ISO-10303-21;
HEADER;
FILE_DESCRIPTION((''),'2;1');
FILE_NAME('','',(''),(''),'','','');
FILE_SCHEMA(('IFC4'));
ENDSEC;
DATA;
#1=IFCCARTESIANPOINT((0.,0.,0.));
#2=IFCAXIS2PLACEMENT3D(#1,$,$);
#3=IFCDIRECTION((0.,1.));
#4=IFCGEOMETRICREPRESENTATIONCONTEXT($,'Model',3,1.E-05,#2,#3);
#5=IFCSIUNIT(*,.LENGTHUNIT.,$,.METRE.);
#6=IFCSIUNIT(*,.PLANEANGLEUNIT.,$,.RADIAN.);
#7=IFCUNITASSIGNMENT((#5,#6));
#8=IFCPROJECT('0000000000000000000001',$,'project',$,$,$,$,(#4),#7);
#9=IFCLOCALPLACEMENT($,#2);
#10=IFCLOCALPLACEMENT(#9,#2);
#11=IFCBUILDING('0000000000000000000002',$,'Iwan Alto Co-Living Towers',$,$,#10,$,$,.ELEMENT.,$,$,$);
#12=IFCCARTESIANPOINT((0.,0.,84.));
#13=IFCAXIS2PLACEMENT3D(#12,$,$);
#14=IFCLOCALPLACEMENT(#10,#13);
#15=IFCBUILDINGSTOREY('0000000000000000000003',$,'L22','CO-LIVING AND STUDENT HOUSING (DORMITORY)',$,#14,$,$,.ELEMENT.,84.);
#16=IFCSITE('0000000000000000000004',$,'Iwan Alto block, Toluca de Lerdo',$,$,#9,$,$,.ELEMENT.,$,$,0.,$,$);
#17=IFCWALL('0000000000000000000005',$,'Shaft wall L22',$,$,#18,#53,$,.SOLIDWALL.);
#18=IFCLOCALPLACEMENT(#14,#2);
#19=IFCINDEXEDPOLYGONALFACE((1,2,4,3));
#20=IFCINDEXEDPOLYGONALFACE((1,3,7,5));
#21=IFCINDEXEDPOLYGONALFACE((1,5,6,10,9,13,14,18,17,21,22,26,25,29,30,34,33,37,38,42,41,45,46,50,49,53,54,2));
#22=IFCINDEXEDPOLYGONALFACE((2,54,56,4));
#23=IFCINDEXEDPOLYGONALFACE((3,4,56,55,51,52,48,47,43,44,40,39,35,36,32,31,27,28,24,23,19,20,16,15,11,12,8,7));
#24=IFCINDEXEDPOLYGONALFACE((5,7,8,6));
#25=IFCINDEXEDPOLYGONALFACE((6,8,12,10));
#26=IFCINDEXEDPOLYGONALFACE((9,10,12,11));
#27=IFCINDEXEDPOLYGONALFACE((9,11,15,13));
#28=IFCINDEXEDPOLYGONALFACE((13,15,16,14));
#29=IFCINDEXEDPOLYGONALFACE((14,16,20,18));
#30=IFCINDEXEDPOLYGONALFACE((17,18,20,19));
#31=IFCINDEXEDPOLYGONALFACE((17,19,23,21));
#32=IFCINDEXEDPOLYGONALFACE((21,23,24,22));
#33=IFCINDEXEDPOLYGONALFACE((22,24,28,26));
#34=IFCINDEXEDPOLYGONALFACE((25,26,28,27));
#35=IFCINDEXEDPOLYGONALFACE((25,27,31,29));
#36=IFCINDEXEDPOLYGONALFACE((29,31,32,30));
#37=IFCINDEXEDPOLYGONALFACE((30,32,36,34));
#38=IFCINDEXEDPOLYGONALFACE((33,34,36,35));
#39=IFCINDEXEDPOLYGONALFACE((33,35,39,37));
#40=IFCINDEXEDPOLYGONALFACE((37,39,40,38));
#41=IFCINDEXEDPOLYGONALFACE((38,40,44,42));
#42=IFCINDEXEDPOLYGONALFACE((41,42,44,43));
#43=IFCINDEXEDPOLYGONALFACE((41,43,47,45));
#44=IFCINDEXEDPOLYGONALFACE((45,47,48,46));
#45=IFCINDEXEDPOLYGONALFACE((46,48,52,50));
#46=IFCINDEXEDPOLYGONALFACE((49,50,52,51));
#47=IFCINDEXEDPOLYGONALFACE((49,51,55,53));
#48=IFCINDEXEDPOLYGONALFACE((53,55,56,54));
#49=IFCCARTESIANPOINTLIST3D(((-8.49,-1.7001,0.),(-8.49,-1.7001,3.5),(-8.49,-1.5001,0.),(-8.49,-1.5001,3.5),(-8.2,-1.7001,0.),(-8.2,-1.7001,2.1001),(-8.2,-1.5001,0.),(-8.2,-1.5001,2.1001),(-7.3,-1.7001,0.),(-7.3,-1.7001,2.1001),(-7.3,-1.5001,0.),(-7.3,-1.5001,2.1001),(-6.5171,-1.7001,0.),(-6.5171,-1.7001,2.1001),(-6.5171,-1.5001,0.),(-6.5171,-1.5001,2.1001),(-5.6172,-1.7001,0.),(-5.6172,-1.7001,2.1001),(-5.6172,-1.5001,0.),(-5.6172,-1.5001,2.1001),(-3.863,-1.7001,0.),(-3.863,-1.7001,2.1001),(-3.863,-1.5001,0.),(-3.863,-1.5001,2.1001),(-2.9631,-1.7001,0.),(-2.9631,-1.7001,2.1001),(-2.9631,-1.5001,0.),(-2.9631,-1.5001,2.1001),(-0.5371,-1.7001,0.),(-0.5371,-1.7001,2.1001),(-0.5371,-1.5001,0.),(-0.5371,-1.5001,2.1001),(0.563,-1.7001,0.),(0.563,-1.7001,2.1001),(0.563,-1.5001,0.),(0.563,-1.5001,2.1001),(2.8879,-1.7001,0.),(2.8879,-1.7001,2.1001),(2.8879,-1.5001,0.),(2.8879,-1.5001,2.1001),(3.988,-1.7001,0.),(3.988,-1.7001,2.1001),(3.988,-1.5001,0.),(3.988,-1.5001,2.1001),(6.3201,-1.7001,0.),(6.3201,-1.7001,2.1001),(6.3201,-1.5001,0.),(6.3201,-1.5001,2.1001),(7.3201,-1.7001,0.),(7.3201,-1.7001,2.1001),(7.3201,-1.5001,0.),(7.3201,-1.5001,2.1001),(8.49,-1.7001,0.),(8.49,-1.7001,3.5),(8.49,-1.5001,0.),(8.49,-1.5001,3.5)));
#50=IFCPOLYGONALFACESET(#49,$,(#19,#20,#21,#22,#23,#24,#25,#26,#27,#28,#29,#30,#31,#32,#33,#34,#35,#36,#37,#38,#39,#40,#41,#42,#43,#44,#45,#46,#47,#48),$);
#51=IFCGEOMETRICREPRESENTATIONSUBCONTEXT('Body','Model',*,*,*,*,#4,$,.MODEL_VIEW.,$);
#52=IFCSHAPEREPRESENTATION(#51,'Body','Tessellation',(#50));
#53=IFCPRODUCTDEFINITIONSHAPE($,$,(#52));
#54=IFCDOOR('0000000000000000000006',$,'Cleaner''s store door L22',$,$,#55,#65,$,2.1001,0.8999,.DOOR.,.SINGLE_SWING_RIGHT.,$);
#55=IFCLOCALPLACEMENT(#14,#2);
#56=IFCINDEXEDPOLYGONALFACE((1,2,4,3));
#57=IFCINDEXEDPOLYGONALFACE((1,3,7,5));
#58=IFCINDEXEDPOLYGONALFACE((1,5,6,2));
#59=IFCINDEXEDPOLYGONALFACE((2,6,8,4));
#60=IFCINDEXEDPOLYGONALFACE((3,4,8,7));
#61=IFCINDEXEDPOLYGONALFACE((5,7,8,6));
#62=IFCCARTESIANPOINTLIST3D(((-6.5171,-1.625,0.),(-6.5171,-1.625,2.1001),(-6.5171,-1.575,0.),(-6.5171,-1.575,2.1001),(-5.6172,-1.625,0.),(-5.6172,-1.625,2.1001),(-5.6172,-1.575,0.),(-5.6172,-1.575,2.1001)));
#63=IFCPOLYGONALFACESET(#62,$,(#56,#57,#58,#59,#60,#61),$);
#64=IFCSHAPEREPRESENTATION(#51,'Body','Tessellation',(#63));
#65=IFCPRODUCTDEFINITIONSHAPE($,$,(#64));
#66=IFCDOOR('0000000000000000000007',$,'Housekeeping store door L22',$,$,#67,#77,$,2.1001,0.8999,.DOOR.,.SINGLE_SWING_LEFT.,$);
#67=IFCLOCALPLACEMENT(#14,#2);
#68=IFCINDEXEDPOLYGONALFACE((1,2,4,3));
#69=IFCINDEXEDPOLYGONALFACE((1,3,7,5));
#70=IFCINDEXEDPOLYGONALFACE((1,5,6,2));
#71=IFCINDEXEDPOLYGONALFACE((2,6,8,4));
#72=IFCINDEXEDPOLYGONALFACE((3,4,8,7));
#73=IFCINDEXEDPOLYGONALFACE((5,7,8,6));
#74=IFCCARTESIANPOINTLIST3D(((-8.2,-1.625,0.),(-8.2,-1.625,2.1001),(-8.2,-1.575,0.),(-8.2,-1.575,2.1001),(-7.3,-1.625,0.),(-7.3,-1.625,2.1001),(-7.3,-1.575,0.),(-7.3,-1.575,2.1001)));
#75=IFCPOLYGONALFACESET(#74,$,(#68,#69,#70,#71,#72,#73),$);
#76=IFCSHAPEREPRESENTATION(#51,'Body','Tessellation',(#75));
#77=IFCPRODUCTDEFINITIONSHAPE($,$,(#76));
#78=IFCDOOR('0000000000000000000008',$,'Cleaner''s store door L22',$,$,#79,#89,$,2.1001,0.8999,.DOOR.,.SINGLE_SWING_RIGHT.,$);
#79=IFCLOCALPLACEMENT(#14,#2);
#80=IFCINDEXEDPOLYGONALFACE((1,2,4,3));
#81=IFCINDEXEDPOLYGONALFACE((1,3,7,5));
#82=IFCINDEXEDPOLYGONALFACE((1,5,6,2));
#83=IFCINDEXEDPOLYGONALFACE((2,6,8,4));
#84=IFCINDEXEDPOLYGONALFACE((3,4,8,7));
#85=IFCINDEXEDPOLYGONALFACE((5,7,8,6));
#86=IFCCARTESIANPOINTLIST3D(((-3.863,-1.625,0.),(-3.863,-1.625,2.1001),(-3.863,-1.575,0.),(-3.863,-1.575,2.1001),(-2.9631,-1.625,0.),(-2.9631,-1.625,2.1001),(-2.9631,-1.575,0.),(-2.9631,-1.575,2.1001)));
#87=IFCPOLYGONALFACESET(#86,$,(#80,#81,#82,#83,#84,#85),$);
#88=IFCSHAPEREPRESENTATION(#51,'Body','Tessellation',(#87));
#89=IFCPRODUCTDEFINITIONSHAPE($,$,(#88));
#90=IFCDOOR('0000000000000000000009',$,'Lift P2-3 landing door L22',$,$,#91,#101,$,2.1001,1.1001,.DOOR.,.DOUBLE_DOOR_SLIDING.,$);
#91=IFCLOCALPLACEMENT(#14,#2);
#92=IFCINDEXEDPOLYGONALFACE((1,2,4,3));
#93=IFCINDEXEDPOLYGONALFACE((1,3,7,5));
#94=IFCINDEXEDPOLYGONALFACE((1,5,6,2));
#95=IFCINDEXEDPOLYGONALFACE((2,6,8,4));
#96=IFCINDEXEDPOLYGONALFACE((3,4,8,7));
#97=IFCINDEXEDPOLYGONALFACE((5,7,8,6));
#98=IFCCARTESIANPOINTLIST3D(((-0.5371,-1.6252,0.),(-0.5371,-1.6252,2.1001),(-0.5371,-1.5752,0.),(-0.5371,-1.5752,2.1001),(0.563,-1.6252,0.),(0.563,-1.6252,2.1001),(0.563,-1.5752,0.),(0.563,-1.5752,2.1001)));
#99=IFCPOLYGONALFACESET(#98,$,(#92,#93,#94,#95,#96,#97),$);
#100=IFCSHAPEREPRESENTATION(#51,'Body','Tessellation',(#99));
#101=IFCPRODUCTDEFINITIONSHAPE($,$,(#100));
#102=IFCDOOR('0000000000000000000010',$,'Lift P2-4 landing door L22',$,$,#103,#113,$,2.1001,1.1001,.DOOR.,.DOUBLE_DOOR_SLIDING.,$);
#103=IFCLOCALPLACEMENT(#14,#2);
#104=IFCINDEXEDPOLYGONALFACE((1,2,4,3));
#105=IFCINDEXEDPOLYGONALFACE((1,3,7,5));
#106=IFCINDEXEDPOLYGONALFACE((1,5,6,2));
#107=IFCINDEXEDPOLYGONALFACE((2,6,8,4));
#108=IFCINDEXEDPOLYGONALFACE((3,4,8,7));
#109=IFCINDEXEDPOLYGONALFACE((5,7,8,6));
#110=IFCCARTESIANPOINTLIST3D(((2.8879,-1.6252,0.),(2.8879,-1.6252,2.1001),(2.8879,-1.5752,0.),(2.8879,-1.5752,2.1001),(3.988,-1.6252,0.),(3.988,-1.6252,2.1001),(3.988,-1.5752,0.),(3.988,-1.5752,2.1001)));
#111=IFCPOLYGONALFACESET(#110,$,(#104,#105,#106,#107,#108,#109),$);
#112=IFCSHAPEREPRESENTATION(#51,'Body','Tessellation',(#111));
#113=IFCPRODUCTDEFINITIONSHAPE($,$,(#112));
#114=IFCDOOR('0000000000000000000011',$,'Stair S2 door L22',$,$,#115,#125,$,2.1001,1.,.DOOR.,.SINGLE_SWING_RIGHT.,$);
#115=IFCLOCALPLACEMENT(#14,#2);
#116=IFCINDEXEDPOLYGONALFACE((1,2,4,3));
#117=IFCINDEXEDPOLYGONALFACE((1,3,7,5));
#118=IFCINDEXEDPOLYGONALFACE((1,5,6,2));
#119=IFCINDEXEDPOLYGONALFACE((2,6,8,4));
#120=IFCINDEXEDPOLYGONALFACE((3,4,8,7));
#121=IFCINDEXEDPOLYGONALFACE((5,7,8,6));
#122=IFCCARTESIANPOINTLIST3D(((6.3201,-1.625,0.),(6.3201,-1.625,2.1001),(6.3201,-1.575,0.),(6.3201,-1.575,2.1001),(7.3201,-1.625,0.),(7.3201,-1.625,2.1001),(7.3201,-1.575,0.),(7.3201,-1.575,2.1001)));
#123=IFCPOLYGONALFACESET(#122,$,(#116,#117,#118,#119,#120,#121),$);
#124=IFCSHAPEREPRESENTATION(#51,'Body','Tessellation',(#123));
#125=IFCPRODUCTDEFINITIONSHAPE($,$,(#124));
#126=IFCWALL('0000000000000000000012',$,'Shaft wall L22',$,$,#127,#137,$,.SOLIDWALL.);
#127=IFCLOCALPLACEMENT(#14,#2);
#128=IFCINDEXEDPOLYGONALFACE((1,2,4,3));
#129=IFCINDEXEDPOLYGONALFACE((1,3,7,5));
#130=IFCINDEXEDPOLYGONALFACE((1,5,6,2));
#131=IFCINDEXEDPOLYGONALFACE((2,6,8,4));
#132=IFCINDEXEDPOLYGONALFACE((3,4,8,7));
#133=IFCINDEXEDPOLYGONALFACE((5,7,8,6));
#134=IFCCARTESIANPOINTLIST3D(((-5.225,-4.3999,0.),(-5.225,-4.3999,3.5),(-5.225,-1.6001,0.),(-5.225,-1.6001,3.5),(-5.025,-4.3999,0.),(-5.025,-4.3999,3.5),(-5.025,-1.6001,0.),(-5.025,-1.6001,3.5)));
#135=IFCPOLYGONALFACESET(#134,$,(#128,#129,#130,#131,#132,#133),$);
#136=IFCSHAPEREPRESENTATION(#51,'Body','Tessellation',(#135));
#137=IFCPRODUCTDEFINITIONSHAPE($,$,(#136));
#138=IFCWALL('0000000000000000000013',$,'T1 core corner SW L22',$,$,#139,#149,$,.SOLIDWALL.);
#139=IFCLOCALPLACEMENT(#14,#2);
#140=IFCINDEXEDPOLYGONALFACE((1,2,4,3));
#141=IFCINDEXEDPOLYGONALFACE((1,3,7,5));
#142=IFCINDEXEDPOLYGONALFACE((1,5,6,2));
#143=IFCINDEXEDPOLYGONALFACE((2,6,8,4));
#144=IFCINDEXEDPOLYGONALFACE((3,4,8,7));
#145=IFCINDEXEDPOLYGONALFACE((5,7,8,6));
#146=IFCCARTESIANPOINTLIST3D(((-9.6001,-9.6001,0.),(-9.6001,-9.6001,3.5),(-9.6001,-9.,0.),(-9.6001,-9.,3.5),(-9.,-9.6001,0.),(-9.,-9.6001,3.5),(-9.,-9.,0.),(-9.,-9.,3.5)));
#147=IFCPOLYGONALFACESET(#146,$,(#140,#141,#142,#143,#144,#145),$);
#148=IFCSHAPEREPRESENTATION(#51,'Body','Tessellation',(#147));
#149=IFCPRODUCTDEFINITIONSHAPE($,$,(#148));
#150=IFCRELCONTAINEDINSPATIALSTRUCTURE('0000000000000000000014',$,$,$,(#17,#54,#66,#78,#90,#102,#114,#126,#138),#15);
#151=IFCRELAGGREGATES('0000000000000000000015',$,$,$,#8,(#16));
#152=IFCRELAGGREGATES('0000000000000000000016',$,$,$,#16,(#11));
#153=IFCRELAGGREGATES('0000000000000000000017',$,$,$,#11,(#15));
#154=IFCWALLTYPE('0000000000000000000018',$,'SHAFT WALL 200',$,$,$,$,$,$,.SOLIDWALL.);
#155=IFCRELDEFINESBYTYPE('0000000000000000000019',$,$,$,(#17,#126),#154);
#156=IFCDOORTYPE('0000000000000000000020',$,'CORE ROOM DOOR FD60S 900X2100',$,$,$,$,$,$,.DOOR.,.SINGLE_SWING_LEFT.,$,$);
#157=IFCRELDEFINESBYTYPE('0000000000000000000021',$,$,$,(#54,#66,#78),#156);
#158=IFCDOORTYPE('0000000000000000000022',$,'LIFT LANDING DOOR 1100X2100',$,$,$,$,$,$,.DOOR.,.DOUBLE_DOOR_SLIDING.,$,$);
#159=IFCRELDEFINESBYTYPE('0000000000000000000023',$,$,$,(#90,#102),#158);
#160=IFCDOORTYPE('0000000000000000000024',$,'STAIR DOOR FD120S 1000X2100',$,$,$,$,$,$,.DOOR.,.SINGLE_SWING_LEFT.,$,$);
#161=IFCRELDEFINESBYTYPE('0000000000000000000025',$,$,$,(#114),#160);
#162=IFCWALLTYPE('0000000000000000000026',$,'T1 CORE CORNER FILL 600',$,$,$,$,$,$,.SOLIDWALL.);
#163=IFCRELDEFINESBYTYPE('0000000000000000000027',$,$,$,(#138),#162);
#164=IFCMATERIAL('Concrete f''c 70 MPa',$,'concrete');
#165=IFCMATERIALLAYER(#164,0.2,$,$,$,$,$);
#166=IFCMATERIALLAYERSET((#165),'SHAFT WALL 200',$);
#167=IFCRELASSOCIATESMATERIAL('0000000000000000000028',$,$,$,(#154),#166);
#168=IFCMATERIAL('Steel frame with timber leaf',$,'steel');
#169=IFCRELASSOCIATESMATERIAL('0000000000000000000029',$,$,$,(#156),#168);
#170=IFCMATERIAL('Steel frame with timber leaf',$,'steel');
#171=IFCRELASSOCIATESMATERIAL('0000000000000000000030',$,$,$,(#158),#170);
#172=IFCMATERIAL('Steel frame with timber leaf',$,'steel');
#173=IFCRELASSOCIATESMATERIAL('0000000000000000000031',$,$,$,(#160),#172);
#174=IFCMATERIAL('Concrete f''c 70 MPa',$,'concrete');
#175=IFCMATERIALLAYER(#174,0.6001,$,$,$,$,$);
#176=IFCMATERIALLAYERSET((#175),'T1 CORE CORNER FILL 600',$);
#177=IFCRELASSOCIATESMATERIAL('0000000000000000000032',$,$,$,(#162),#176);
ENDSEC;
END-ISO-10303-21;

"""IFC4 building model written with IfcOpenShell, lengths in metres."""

from ifc_helpers import new_model, si_unit, direction, frame, frame_2d, origin, place, context, subcontext, project, spatial, rectangle, extrude, material, layer, layer_set, type_object, element, fill, save


model = new_model("IFC4")

# Units and contexts
model_context = context("Model", 3, precision=1e-05, world=origin(), true_north=direction((0.0, 1.0)))
body_context = subcontext(model_context, "Body", "Model", "MODEL_VIEW")
ifc_project = project(units=[si_unit("LENGTHUNIT", "METRE"), si_unit("PLANEANGLEUNIT", "RADIAN")], contexts=[model_context])

# Site, building, storey
site_placement = place(None, origin())
site = spatial("IfcSite", under=ifc_project, at=site_placement, Name="Iwan Alto block, Toluca de Lerdo", CompositionType="ELEMENT", RefElevation=0.0)
building_placement = place(site_placement, origin())
building = spatial("IfcBuilding", under=site, at=building_placement, Name="Iwan Alto Co-Living Towers", CompositionType="ELEMENT")
storey_placement = place(building_placement, frame((0.0, 0.0, 84.0)))
storey = spatial("IfcBuildingStorey", under=building, at=storey_placement, Name="L22", Description="CO-LIVING AND STUDENT HOUSING (DORMITORY)", CompositionType="ELEMENT", Elevation=84.0)

# Shared definitions
ifc_material_1 = material(Name="Concrete f'c 70 MPa", Category="concrete")
ifc_layer_1 = layer(ifc_material_1, 0.2)
ifc_layer_set_1 = layer_set([ifc_layer_1], Name="SHAFT WALL 200")
wall_type_1 = type_object("IfcWallType", Name="SHAFT WALL 200", PredefinedType="SOLIDWALL", material=ifc_layer_set_1)

# Wall, openings, doors
wall_1_placement = place(storey_placement, frame((-8.49, -1.6001, 0.0), z_axis=(0.0, 0.0, 1.0), x_axis=(1.0, 0.0, 0.0)))
wall_1 = element("IfcWall", 1, at=wall_1_placement, inside=storey, type_object=wall_type_1, Name="Shaft wall L22", PredefinedType="SOLIDWALL", context=body_context, shape_type="SweptSolid", body=[
    extrude(rectangle(XDim=16.98, YDim=0.2, at=frame_2d((8.49, 0.0))), origin(), (0.0, 0.0, 1.0), 3.5),
])
opening_1_placement = place(wall_1_placement, frame((14.8101, 0.0, 0.0)))
opening_1 = element("IfcOpeningElement", 2, at=opening_1_placement, cuts=wall_1, PredefinedType="OPENING", context=body_context, shape_type="SweptSolid", body=[
    extrude(rectangle(XDim=1.0, YDim=2.1001, at=frame_2d((0.5, 1.05))), frame((0.0, 0.1099, 0.0), z_axis=(0.0, -1.0, 0.0), x_axis=(1.0, 0.0, 0.0)), (0.0, 0.0, 1.0), 0.22),
])
opening_2_placement = place(wall_1_placement, frame((1.9729, 0.0, 0.0)))
opening_2 = element("IfcOpeningElement", 3, at=opening_2_placement, cuts=wall_1, PredefinedType="OPENING", context=body_context, shape_type="SweptSolid", body=[
    extrude(rectangle(XDim=0.8999, YDim=2.1001, at=frame_2d((0.45, 1.05))), frame((0.0, 0.1099, 0.0), z_axis=(0.0, -1.0, 0.0), x_axis=(1.0, 0.0, 0.0)), (0.0, 0.0, 1.0), 0.22),
])
opening_3_placement = place(wall_1_placement, frame((0.29, 0.0, 0.0)))
opening_3 = element("IfcOpeningElement", 4, at=opening_3_placement, cuts=wall_1, PredefinedType="OPENING", context=body_context, shape_type="SweptSolid", body=[
    extrude(rectangle(XDim=0.8999, YDim=2.1001, at=frame_2d((0.45, 1.05))), frame((0.0, 0.1099, 0.0), z_axis=(0.0, -1.0, 0.0), x_axis=(1.0, 0.0, 0.0)), (0.0, 0.0, 1.0), 0.22),
])
opening_4_placement = place(wall_1_placement, frame((4.627, 0.0, 0.0)))
opening_4 = element("IfcOpeningElement", 5, at=opening_4_placement, cuts=wall_1, PredefinedType="OPENING", context=body_context, shape_type="SweptSolid", body=[
    extrude(rectangle(XDim=0.8999, YDim=2.1001, at=frame_2d((0.45, 1.05))), frame((0.0, 0.1099, 0.0), z_axis=(0.0, -1.0, 0.0), x_axis=(1.0, 0.0, 0.0)), (0.0, 0.0, 1.0), 0.22),
])
opening_5_placement = place(wall_1_placement, frame((7.9529, 0.0, 0.0)))
opening_5 = element("IfcOpeningElement", 6, at=opening_5_placement, cuts=wall_1, PredefinedType="OPENING", context=body_context, shape_type="SweptSolid", body=[
    extrude(rectangle(XDim=1.1001, YDim=2.1001, at=frame_2d((0.55, 1.05))), frame((0.0, 0.1099, 0.0), z_axis=(0.0, -1.0, 0.0), x_axis=(1.0, 0.0, 0.0)), (0.0, 0.0, 1.0), 0.22),
])
opening_6_placement = place(wall_1_placement, frame((11.3779, 0.0, 0.0)))
opening_6 = element("IfcOpeningElement", 7, at=opening_6_placement, cuts=wall_1, PredefinedType="OPENING", context=body_context, shape_type="SweptSolid", body=[
    extrude(rectangle(XDim=1.1001, YDim=2.1001, at=frame_2d((0.55, 1.05))), frame((0.0, 0.1099, 0.0), z_axis=(0.0, -1.0, 0.0), x_axis=(1.0, 0.0, 0.0)), (0.0, 0.0, 1.0), 0.22),
])
ifc_material_2 = material(Name="Steel frame with timber leaf", Category="steel")
door_type_1 = type_object("IfcDoorType", Name="CORE ROOM DOOR FD60S 900X2100", OperationType="SINGLE_SWING_LEFT", PredefinedType="DOOR", material=ifc_material_2)
door_1_placement = place(opening_2_placement, frame((0.8999, 0.0, 0.0), z_axis=(0.0, 0.0, 1.0), x_axis=(-1.0, 0.0, 0.0)))
door_1 = element("IfcDoor", 8, at=door_1_placement, inside=storey, type_object=door_type_1, Name="Cleaner's store door L22", OperationType="SINGLE_SWING_RIGHT", OverallHeight=2.1001, OverallWidth=0.8999, PredefinedType="DOOR", context=body_context, shape_type="SweptSolid", body=[
    extrude(rectangle(XDim=0.8999, YDim=2.1001, at=frame_2d((0.45, 1.05))), frame((0.0, 0.0249, 0.0), z_axis=(0.0, -1.0, 0.0), x_axis=(1.0, 0.0, 0.0)), (0.0, 0.0, 1.0), 0.05),
])
fill(opening_2, door_1)
door_2_placement = place(opening_3_placement, frame((0.8999, 0.0, 0.0), z_axis=(0.0, 0.0, 1.0), x_axis=(-1.0, 0.0, 0.0)))
door_2 = element("IfcDoor", 9, at=door_2_placement, inside=storey, type_object=door_type_1, Name="Housekeeping store door L22", OperationType="SINGLE_SWING_LEFT", OverallHeight=2.1001, OverallWidth=0.8999, PredefinedType="DOOR", context=body_context, shape_type="SweptSolid", body=[
    extrude(rectangle(XDim=0.8999, YDim=2.1001, at=frame_2d((0.45, 1.05))), frame((0.0, 0.0249, 0.0), z_axis=(0.0, -1.0, 0.0), x_axis=(1.0, 0.0, 0.0)), (0.0, 0.0, 1.0), 0.05),
])
fill(opening_3, door_2)
door_3_placement = place(opening_4_placement, frame((0.8999, 0.0, 0.0), z_axis=(0.0, 0.0, 1.0), x_axis=(-1.0, 0.0, 0.0)))
door_3 = element("IfcDoor", 10, at=door_3_placement, inside=storey, type_object=door_type_1, Name="Cleaner's store door L22", OperationType="SINGLE_SWING_RIGHT", OverallHeight=2.1001, OverallWidth=0.8999, PredefinedType="DOOR", context=body_context, shape_type="SweptSolid", body=[
    extrude(rectangle(XDim=0.8999, YDim=2.1001, at=frame_2d((0.45, 1.05))), frame((0.0, 0.0249, 0.0), z_axis=(0.0, -1.0, 0.0), x_axis=(1.0, 0.0, 0.0)), (0.0, 0.0, 1.0), 0.05),
])
fill(opening_4, door_3)
ifc_material_3 = material(Name="Steel frame with timber leaf", Category="steel")
door_type_2 = type_object("IfcDoorType", Name="LIFT LANDING DOOR 1100X2100", OperationType="DOUBLE_DOOR_SLIDING", PredefinedType="DOOR", material=ifc_material_3)
door_4_placement = place(opening_5_placement, origin())
door_4 = element("IfcDoor", 11, at=door_4_placement, inside=storey, type_object=door_type_2, Name="Lift P2-3 landing door L22", OperationType="DOUBLE_DOOR_SLIDING", OverallHeight=2.1001, OverallWidth=1.1001, PredefinedType="DOOR", context=body_context, shape_type="SweptSolid", body=[
    extrude(rectangle(XDim=1.1001, YDim=2.1001, at=frame_2d((0.55, 1.05))), frame((0.0, 0.0249, 0.0), z_axis=(0.0, -1.0, 0.0), x_axis=(1.0, 0.0, 0.0)), (0.0, 0.0, 1.0), 0.05),
])
fill(opening_5, door_4)
door_5_placement = place(opening_6_placement, origin())
door_5 = element("IfcDoor", 12, at=door_5_placement, inside=storey, type_object=door_type_2, Name="Lift P2-4 landing door L22", OperationType="DOUBLE_DOOR_SLIDING", OverallHeight=2.1001, OverallWidth=1.1001, PredefinedType="DOOR", context=body_context, shape_type="SweptSolid", body=[
    extrude(rectangle(XDim=1.1001, YDim=2.1001, at=frame_2d((0.55, 1.05))), frame((0.0, 0.0249, 0.0), z_axis=(0.0, -1.0, 0.0), x_axis=(1.0, 0.0, 0.0)), (0.0, 0.0, 1.0), 0.05),
])
fill(opening_6, door_5)
ifc_material_4 = material(Name="Steel frame with timber leaf", Category="steel")
door_type_3 = type_object("IfcDoorType", Name="STAIR DOOR FD120S 1000X2100", OperationType="SINGLE_SWING_LEFT", PredefinedType="DOOR", material=ifc_material_4)
door_6_placement = place(opening_1_placement, frame((1.0, 0.0, 0.0), z_axis=(0.0, 0.0, 1.0), x_axis=(-1.0, 0.0, 0.0)))
door_6 = element("IfcDoor", 13, at=door_6_placement, inside=storey, type_object=door_type_3, Name="Stair S2 door L22", OperationType="SINGLE_SWING_RIGHT", OverallHeight=2.1001, OverallWidth=1.0, PredefinedType="DOOR", context=body_context, shape_type="SweptSolid", body=[
    extrude(rectangle(XDim=1.0, YDim=2.1001, at=frame_2d((0.5, 1.05))), frame((0.0, 0.0249, 0.0), z_axis=(0.0, -1.0, 0.0), x_axis=(1.0, 0.0, 0.0)), (0.0, 0.0, 1.0), 0.05),
])
fill(opening_1, door_6)

# Walls
wall_2_placement = place(storey_placement, frame((-5.125, -4.3999, 0.0), z_axis=(0.0, 0.0, 1.0), x_axis=(0.0, 1.0, 0.0)))
element("IfcWall", 14, at=wall_2_placement, inside=storey, type_object=wall_type_1, Name="Shaft wall L22", PredefinedType="SOLIDWALL", context=body_context, shape_type="SweptSolid", body=[
    extrude(rectangle(XDim=2.7998, YDim=0.2, at=frame_2d((1.3999, 0.0))), origin(), (0.0, 0.0, 1.0), 3.5),
])
ifc_material_5 = material(Name="Concrete f'c 70 MPa", Category="concrete")
ifc_layer_2 = layer(ifc_material_5, 0.6001)
ifc_layer_set_2 = layer_set([ifc_layer_2], Name="T1 CORE CORNER FILL 600")
wall_type_2 = type_object("IfcWallType", Name="T1 CORE CORNER FILL 600", PredefinedType="SOLIDWALL", material=ifc_layer_set_2)
wall_3_placement = place(storey_placement, frame((-9.6001, -9.3, 0.0), z_axis=(0.0, 0.0, 1.0), x_axis=(1.0, 0.0, 0.0)))
element("IfcWall", 15, at=wall_3_placement, inside=storey, type_object=wall_type_2, Name="T1 core corner SW L22", PredefinedType="SOLIDWALL", context=body_context, shape_type="SweptSolid", body=[
    extrude(rectangle(XDim=0.6001, YDim=0.6001, at=frame_2d((0.3, 0.0))), origin(), (0.0, 0.0, 1.0), 3.5),
])

save(model, "model.ifc")
